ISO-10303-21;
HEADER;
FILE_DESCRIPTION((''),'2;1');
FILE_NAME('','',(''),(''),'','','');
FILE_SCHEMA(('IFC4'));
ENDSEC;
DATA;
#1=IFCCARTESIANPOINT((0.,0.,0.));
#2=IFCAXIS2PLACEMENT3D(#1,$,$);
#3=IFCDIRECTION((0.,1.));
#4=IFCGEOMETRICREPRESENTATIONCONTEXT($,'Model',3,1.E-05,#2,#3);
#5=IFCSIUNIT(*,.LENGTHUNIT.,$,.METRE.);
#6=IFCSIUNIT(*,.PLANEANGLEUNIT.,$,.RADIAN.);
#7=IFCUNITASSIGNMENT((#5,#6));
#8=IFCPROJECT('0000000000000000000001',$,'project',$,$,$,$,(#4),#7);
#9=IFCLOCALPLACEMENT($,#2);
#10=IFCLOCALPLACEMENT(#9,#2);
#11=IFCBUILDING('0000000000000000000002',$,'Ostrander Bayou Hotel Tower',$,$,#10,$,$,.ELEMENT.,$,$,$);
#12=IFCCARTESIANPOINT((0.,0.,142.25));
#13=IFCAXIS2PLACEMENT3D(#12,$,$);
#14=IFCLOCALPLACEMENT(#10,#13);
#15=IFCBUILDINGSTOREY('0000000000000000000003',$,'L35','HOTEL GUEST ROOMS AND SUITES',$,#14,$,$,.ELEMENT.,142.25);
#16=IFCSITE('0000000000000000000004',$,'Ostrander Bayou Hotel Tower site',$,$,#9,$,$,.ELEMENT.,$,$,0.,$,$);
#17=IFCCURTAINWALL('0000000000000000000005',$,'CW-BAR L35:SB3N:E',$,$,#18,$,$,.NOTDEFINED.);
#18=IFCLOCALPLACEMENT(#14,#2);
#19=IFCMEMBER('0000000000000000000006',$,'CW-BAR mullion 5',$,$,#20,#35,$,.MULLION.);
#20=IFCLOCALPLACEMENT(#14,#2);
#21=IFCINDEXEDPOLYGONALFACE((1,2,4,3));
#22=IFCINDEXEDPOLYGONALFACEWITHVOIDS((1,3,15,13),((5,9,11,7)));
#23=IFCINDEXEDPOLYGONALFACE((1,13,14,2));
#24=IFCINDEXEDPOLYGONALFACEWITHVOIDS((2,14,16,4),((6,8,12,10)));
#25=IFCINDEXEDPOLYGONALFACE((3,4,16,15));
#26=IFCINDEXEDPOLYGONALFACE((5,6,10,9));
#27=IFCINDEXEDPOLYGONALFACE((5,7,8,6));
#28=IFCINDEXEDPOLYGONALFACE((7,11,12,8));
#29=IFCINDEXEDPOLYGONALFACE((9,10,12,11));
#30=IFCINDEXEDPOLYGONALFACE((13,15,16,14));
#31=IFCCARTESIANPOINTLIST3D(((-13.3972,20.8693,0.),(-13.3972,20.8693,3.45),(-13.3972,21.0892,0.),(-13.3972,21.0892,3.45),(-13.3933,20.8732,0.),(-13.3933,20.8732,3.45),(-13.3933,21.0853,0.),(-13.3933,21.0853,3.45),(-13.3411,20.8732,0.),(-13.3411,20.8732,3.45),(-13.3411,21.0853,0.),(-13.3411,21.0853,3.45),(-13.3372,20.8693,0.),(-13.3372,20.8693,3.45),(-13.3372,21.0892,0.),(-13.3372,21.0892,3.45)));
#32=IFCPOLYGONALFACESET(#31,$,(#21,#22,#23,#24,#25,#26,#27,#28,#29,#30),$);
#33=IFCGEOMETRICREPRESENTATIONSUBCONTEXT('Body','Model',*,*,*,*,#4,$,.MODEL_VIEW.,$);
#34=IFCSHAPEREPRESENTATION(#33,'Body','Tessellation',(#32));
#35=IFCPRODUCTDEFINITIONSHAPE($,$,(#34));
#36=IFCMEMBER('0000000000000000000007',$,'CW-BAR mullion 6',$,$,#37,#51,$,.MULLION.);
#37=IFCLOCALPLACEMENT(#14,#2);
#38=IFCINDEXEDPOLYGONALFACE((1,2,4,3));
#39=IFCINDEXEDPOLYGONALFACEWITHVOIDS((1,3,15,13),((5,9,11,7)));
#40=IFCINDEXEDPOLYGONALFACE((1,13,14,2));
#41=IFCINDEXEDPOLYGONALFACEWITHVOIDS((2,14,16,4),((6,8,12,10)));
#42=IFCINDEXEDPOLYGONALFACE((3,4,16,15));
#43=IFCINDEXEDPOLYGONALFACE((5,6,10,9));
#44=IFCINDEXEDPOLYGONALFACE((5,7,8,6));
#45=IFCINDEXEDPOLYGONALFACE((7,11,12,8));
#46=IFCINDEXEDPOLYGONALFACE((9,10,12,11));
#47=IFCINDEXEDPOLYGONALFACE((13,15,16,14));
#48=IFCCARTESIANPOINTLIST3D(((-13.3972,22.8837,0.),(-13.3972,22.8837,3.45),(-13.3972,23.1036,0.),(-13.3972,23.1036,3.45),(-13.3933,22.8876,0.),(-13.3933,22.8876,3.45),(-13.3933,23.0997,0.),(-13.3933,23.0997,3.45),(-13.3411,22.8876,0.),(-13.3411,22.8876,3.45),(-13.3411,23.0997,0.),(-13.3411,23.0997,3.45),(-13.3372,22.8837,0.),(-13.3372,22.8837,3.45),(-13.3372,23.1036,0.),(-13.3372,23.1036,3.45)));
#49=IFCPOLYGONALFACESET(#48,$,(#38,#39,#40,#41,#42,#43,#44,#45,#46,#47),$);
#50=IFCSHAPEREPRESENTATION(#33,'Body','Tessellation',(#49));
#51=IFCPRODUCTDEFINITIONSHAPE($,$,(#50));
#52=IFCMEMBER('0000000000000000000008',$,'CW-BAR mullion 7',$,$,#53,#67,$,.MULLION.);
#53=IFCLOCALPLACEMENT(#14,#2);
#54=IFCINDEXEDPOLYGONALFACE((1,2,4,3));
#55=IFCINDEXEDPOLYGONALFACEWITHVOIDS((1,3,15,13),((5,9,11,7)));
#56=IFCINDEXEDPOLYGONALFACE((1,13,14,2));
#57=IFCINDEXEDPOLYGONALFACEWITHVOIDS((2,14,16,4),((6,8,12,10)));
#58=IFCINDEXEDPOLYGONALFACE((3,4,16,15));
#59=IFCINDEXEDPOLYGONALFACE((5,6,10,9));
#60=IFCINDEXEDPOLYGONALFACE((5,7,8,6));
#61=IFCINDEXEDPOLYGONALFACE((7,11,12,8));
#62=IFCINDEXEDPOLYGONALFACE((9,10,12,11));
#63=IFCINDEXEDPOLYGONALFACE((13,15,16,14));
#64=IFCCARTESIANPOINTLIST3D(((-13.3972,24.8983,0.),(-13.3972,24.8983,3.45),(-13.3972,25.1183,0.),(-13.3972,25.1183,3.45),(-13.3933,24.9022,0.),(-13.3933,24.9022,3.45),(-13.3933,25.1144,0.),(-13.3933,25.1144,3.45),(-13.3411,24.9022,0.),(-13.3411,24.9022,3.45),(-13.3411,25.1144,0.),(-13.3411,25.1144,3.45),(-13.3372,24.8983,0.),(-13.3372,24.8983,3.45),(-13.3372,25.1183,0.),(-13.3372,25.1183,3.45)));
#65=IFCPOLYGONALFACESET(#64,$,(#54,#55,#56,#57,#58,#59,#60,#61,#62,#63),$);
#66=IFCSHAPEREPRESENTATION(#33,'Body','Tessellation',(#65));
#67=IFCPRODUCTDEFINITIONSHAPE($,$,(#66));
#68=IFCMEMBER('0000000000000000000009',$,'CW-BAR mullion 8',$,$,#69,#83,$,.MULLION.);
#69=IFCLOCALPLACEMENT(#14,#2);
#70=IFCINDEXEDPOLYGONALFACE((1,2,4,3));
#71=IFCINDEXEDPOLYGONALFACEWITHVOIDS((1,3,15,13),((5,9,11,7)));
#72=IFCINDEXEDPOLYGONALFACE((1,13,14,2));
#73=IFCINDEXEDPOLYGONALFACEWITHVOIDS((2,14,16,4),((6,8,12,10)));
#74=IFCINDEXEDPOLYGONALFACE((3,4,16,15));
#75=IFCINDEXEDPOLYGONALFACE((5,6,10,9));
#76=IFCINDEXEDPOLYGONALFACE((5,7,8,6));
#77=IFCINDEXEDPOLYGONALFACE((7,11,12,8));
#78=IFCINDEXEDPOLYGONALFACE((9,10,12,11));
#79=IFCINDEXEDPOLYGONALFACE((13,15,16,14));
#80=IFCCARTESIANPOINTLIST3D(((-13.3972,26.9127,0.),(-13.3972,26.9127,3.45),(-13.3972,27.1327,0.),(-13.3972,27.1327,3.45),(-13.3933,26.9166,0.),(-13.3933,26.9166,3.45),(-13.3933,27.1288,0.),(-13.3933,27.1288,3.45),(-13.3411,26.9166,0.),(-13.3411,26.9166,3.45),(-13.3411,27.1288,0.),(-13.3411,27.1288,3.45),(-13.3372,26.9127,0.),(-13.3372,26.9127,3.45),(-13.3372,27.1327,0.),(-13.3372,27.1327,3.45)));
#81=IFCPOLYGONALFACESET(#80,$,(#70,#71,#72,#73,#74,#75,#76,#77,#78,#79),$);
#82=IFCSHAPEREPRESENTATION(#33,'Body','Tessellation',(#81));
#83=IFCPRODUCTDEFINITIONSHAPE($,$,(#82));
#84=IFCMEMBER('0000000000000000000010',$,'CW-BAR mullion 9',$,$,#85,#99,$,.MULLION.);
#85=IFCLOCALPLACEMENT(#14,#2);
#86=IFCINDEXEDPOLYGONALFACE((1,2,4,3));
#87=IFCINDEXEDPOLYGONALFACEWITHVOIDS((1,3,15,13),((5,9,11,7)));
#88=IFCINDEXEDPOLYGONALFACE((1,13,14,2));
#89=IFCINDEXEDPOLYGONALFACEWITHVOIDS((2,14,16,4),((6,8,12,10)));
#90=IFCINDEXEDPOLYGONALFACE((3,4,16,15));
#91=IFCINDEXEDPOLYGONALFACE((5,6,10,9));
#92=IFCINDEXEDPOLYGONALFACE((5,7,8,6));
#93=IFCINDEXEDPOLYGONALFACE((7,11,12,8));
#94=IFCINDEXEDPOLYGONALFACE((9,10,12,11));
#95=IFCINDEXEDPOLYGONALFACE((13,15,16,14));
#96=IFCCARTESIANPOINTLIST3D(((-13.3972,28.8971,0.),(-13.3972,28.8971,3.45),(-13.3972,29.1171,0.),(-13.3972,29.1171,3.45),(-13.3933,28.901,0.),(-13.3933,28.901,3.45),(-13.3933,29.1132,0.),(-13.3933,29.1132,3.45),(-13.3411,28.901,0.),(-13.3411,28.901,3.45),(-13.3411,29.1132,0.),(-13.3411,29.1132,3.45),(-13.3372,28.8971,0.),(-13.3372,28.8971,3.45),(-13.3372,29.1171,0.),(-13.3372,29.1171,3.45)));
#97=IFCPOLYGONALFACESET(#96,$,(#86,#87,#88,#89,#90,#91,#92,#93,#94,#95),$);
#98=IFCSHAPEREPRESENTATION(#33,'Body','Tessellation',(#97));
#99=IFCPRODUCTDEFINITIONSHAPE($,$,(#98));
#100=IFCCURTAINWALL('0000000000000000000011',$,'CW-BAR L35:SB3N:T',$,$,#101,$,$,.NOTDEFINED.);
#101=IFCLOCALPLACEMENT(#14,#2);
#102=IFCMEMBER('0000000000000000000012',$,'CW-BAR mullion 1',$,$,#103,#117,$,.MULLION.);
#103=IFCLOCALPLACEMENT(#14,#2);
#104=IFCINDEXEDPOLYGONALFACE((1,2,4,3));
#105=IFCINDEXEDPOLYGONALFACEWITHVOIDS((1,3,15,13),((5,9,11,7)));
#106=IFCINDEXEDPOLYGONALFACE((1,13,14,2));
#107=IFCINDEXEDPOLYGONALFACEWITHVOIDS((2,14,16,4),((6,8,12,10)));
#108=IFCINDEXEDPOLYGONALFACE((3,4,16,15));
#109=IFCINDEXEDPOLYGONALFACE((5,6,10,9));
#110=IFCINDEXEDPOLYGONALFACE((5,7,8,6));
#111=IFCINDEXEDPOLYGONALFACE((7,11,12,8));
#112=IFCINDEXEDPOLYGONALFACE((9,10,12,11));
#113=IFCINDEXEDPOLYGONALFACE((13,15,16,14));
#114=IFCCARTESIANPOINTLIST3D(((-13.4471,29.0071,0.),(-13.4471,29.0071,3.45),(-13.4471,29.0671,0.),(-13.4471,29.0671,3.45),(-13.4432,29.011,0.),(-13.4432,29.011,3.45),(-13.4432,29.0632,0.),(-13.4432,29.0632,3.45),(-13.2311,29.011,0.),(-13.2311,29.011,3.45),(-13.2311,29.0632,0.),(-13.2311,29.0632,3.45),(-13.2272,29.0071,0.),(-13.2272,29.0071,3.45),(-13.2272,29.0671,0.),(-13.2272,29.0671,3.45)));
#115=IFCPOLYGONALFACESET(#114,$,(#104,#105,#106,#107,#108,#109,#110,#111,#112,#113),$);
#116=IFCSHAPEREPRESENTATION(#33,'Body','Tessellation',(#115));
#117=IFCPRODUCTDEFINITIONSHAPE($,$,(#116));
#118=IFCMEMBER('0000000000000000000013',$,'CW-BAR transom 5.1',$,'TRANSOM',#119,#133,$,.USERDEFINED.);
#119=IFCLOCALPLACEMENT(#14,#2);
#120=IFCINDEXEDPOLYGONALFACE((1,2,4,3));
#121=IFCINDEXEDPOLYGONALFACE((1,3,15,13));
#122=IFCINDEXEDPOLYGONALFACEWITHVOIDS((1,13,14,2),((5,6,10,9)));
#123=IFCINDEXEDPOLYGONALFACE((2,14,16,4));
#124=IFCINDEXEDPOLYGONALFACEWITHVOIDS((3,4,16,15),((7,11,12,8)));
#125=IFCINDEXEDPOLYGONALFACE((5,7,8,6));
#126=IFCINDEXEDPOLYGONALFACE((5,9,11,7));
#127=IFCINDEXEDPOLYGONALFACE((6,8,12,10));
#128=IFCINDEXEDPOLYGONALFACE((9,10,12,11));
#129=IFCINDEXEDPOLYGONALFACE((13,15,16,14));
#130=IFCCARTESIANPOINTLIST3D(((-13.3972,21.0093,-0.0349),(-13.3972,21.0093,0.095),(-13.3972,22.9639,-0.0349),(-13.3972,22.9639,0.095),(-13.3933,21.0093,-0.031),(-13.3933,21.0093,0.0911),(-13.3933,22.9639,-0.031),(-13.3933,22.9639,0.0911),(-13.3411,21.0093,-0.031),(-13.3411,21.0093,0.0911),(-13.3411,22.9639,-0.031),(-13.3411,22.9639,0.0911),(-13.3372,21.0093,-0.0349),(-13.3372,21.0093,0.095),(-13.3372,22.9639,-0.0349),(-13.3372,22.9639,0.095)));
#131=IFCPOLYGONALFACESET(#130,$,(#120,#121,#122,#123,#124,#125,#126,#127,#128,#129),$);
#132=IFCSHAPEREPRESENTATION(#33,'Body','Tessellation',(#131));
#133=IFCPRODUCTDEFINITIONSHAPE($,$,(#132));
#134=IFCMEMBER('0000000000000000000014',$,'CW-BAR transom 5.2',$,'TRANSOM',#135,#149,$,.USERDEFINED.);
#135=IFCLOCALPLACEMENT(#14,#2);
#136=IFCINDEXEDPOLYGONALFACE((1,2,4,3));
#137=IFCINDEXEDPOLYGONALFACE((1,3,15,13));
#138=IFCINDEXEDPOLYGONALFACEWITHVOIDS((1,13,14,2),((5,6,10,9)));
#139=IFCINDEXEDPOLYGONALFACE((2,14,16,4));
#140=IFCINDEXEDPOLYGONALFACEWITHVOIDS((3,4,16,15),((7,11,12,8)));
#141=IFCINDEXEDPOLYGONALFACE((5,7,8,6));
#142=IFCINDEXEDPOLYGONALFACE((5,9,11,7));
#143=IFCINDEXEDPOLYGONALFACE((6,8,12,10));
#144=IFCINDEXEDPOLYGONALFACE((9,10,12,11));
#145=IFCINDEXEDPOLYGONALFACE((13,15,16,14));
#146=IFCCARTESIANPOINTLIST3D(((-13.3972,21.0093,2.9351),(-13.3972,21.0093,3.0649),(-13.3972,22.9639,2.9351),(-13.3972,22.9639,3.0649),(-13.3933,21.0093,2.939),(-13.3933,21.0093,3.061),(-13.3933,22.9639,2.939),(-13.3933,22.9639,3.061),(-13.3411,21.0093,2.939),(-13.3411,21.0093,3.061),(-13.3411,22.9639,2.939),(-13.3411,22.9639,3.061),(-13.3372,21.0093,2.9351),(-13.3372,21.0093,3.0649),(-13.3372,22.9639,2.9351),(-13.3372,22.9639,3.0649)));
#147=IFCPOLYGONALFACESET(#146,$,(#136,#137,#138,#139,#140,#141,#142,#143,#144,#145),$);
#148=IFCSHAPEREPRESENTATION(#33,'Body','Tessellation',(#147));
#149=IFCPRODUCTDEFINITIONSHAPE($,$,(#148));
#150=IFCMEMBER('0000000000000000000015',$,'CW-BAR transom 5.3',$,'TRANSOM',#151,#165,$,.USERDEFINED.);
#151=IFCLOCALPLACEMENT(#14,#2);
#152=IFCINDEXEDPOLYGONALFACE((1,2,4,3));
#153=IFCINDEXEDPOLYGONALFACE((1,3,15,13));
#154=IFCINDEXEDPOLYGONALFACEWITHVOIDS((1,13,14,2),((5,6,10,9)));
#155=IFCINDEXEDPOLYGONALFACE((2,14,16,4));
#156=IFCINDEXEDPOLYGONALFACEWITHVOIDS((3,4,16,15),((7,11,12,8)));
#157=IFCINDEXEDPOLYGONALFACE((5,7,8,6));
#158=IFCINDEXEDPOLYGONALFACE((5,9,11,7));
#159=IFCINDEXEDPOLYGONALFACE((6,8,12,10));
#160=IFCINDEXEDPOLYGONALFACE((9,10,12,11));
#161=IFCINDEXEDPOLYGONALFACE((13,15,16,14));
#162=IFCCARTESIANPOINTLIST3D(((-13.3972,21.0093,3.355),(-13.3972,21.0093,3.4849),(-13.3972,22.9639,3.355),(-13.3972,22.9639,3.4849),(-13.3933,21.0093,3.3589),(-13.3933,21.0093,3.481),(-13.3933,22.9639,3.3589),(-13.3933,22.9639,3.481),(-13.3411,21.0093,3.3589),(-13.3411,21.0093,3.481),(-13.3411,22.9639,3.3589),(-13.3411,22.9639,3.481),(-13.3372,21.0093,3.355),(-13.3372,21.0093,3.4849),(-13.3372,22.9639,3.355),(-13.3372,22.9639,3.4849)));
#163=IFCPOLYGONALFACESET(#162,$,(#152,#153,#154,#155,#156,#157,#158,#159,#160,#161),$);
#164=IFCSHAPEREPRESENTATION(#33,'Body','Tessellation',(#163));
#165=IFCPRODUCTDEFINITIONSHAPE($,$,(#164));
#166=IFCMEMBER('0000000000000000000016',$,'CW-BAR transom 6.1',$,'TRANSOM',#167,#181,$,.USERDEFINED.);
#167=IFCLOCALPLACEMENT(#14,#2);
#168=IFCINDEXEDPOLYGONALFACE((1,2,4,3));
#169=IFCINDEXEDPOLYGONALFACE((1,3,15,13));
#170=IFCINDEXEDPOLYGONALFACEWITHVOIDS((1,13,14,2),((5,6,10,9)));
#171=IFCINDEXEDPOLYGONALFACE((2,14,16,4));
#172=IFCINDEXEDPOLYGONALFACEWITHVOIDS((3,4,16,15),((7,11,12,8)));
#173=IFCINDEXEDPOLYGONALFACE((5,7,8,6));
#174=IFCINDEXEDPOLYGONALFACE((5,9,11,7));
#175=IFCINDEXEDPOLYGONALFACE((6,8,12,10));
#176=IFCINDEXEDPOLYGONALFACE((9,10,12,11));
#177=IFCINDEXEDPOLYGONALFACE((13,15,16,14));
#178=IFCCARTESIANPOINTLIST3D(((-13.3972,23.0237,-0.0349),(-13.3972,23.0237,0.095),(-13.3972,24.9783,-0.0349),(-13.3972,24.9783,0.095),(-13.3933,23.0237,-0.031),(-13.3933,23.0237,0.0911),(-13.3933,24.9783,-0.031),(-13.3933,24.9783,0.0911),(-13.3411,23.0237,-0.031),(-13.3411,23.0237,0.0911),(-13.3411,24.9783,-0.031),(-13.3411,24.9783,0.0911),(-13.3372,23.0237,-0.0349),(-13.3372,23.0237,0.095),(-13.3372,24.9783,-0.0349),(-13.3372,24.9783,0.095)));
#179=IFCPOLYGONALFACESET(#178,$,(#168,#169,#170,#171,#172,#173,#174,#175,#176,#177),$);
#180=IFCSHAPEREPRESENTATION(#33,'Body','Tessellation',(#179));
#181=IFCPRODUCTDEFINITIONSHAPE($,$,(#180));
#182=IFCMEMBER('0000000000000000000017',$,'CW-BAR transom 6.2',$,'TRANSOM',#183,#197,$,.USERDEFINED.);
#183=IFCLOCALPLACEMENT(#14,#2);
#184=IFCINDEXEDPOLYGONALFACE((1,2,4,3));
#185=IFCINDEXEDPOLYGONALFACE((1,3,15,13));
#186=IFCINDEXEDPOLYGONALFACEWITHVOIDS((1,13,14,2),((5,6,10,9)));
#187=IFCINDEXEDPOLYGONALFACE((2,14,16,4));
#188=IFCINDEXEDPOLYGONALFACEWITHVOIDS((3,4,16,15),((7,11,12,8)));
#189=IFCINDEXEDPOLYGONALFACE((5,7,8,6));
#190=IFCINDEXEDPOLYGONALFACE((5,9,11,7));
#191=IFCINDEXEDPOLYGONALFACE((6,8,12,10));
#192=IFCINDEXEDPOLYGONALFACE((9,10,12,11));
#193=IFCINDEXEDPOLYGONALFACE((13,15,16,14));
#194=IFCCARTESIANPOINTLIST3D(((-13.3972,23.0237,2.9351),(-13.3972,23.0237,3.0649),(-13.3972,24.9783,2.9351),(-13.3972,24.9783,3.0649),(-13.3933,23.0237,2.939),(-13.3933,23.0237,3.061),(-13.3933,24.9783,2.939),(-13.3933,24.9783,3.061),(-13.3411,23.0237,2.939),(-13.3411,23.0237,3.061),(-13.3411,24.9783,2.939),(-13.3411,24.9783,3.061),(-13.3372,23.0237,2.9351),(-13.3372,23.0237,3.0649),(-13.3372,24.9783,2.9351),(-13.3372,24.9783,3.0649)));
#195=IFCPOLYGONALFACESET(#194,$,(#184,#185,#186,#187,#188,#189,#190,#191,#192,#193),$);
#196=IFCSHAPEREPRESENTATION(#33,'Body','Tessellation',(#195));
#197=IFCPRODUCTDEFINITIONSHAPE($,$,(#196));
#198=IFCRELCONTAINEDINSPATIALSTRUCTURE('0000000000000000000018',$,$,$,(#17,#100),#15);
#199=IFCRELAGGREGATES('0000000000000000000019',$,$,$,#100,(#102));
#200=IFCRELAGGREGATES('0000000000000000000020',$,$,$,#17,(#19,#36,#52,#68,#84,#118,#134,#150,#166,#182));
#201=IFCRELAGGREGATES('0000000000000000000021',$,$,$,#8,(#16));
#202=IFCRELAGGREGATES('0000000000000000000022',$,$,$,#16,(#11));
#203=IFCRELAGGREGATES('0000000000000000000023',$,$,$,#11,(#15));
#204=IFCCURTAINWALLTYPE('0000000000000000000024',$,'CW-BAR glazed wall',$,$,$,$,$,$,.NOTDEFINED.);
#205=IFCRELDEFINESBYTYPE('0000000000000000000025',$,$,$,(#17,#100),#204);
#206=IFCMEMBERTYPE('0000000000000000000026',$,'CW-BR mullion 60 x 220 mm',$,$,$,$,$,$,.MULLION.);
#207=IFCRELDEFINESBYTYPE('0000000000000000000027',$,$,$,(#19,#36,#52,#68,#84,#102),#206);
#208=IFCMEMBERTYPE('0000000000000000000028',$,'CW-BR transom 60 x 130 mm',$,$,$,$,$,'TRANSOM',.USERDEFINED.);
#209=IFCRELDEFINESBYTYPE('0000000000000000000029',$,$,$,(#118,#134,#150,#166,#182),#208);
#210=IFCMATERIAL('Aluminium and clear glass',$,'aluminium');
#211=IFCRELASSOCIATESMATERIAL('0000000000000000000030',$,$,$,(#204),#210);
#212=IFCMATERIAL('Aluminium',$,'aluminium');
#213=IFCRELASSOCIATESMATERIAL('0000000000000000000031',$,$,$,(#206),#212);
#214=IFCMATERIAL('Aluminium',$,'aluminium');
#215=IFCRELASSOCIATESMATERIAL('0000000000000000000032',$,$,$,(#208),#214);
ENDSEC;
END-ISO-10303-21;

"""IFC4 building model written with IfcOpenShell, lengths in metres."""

from ifc_helpers import new_model, si_unit, direction, frame, origin, origin_2d, place, context, subcontext, project, spatial, hollow_rectangle, extrude, material, material_profile, profile_set, type_object, element, aggregate, save


model = new_model("IFC4")

# Units and contexts
model_context = context("Model", 3, precision=1e-05, world=origin(), true_north=direction((0.0, 1.0)))
body_context = subcontext(model_context, "Body", "Model", "MODEL_VIEW")
ifc_project = project(units=[si_unit("LENGTHUNIT", "METRE"), si_unit("PLANEANGLEUNIT", "RADIAN")], contexts=[model_context])

# Site, building, storey
site_placement = place(None, origin())
site = spatial("IfcSite", under=ifc_project, at=site_placement, Name="Ostrander Bayou Hotel Tower site", CompositionType="ELEMENT", RefElevation=0.0)
building_placement = place(site_placement, origin())
building = spatial("IfcBuilding", under=site, at=building_placement, Name="Ostrander Bayou Hotel Tower", CompositionType="ELEMENT")
storey_placement = place(building_placement, frame((0.0, 0.0, 142.25)))
storey = spatial("IfcBuildingStorey", under=building, at=storey_placement, Name="L35", Description="HOTEL GUEST ROOMS AND SUITES", CompositionType="ELEMENT", Elevation=142.25)

# Curtain wall, members
ifc_material_1 = material(Name="Aluminium and clear glass", Category="aluminium")
curtain_wall_type = type_object("IfcCurtainWallType", Name="CW-BAR glazed wall", PredefinedType="NOTDEFINED", material=ifc_material_1)
curtain_wall_1_placement = place(storey_placement, origin())
curtain_wall_1 = element("IfcCurtainWall", 1, at=curtain_wall_1_placement, inside=storey, type_object=curtain_wall_type, Name="CW-BAR L35:SB3N:E", PredefinedType="NOTDEFINED")
ifc_material_2 = material(Name="Aluminium", Category="aluminium")
ifc_material_profile_1 = material_profile(ifc_material_2, hollow_rectangle(XDim=0.0601, YDim=0.22, WallThickness=0.0039, at=origin_2d()))
ifc_profile_set_1 = profile_set([ifc_material_profile_1], Name="Aluminium")
member_type_1 = type_object("IfcMemberType", Name="CW-BR mullion 60 x 220 mm", PredefinedType="MULLION", material=ifc_profile_set_1)
member_1_placement = place(storey_placement, frame((-13.3672, 20.9792, 0.0), z_axis=(0.0, 0.0, 1.0), x_axis=(-1.0, 0.0, 0.0)))
member_1 = element("IfcMember", 2, at=member_1_placement, type_object=member_type_1, Name="CW-BAR mullion 5", PredefinedType="MULLION", context=body_context, shape_type="SweptSolid", body=[
    extrude(hollow_rectangle(XDim=0.0601, YDim=0.22, WallThickness=0.0039, at=origin_2d()), origin(), (0.0, 0.0, 1.0), 3.45),
])
member_2_placement = place(storey_placement, frame((-13.3672, 22.9937, 0.0), z_axis=(0.0, 0.0, 1.0), x_axis=(-1.0, 0.0, 0.0)))
member_2 = element("IfcMember", 3, at=member_2_placement, type_object=member_type_1, Name="CW-BAR mullion 6", PredefinedType="MULLION", context=body_context, shape_type="SweptSolid", body=[
    extrude(hollow_rectangle(XDim=0.0601, YDim=0.22, WallThickness=0.0039, at=origin_2d()), origin(), (0.0, 0.0, 1.0), 3.45),
])
member_3_placement = place(storey_placement, frame((-13.3672, 25.0083, 0.0), z_axis=(0.0, 0.0, 1.0), x_axis=(-1.0, 0.0, 0.0)))
member_3 = element("IfcMember", 4, at=member_3_placement, type_object=member_type_1, Name="CW-BAR mullion 7", PredefinedType="MULLION", context=body_context, shape_type="SweptSolid", body=[
    extrude(hollow_rectangle(XDim=0.0601, YDim=0.22, WallThickness=0.0039, at=origin_2d()), origin(), (0.0, 0.0, 1.0), 3.45),
])
member_4_placement = place(storey_placement, frame((-13.3672, 27.0227, 0.0), z_axis=(0.0, 0.0, 1.0), x_axis=(-1.0, 0.0, 0.0)))
member_4 = element("IfcMember", 5, at=member_4_placement, type_object=member_type_1, Name="CW-BAR mullion 8", PredefinedType="MULLION", context=body_context, shape_type="SweptSolid", body=[
    extrude(hollow_rectangle(XDim=0.0601, YDim=0.22, WallThickness=0.0039, at=origin_2d()), origin(), (0.0, 0.0, 1.0), 3.45),
])
member_5_placement = place(storey_placement, frame((-13.3672, 29.0071, 0.0), z_axis=(0.0, 0.0, 1.0), x_axis=(-1.0, 0.0, 0.0)))
member_5 = element("IfcMember", 6, at=member_5_placement, type_object=member_type_1, Name="CW-BAR mullion 9", PredefinedType="MULLION", context=body_context, shape_type="SweptSolid", body=[
    extrude(hollow_rectangle(XDim=0.0601, YDim=0.22, WallThickness=0.0039, at=origin_2d()), origin(), (0.0, 0.0, 1.0), 3.45),
])

# Curtain wall, member
curtain_wall_2_placement = place(storey_placement, origin())
curtain_wall_2 = element("IfcCurtainWall", 7, at=curtain_wall_2_placement, inside=storey, type_object=curtain_wall_type, Name="CW-BAR L35:SB3N:T", PredefinedType="NOTDEFINED")
member_6_placement = place(storey_placement, frame((-13.3372, 29.0371, 0.0), z_axis=(0.0, 0.0, 1.0), x_axis=(0.0, 1.0, 0.0)))
member_6 = element("IfcMember", 8, at=member_6_placement, type_object=member_type_1, Name="CW-BAR mullion 1", PredefinedType="MULLION", context=body_context, shape_type="SweptSolid", body=[
    extrude(hollow_rectangle(XDim=0.0601, YDim=0.22, WallThickness=0.0039, at=origin_2d()), origin(), (0.0, 0.0, 1.0), 3.45),
])

# Members
ifc_material_3 = material(Name="Aluminium", Category="aluminium")
ifc_material_profile_2 = material_profile(ifc_material_3, hollow_rectangle(XDim=0.0601, YDim=0.1299, WallThickness=0.0039, at=origin_2d()))
ifc_profile_set_2 = profile_set([ifc_material_profile_2], Name="Aluminium")
member_type_2 = type_object("IfcMemberType", Name="CW-BR transom 60 x 130 mm", ElementType="TRANSOM", PredefinedType="USERDEFINED", material=ifc_profile_set_2)
member_7_placement = place(storey_placement, frame((-13.3672, 21.0093, 0.03), z_axis=(0.0, 1.0, 0.0), x_axis=(-1.0, 0.0, 0.0)))
member_7 = element("IfcMember", 9, at=member_7_placement, type_object=member_type_2, Name="CW-BAR transom 5.1", ObjectType="TRANSOM", PredefinedType="USERDEFINED", context=body_context, shape_type="SweptSolid", body=[
    extrude(hollow_rectangle(XDim=0.0601, YDim=0.1299, WallThickness=0.0039, at=origin_2d()), origin(), (0.0, 0.0, 1.0), 1.9546),
])
member_8_placement = place(storey_placement, frame((-13.3672, 21.0093, 3.0), z_axis=(0.0, 1.0, 0.0), x_axis=(-1.0, 0.0, 0.0)))
member_8 = element("IfcMember", 10, at=member_8_placement, type_object=member_type_2, Name="CW-BAR transom 5.2", ObjectType="TRANSOM", PredefinedType="USERDEFINED", context=body_context, shape_type="SweptSolid", body=[
    extrude(hollow_rectangle(XDim=0.0601, YDim=0.1299, WallThickness=0.0039, at=origin_2d()), origin(), (0.0, 0.0, 1.0), 1.9546),
])
member_9_placement = place(storey_placement, frame((-13.3672, 21.0093, 3.4199), z_axis=(0.0, 1.0, 0.0), x_axis=(-1.0, 0.0, 0.0)))
member_9 = element("IfcMember", 11, at=member_9_placement, type_object=member_type_2, Name="CW-BAR transom 5.3", ObjectType="TRANSOM", PredefinedType="USERDEFINED", context=body_context, shape_type="SweptSolid", body=[
    extrude(hollow_rectangle(XDim=0.0601, YDim=0.1299, WallThickness=0.0039, at=origin_2d()), origin(), (0.0, 0.0, 1.0), 1.9546),
])
member_10_placement = place(storey_placement, frame((-13.3672, 23.0237, 0.03), z_axis=(0.0, 1.0, 0.0), x_axis=(-1.0, 0.0, 0.0)))
member_10 = element("IfcMember", 12, at=member_10_placement, type_object=member_type_2, Name="CW-BAR transom 6.1", ObjectType="TRANSOM", PredefinedType="USERDEFINED", context=body_context, shape_type="SweptSolid", body=[
    extrude(hollow_rectangle(XDim=0.0601, YDim=0.1299, WallThickness=0.0039, at=origin_2d()), origin(), (0.0, 0.0, 1.0), 1.9546),
])
member_11_placement = place(storey_placement, frame((-13.3672, 23.0237, 3.0), z_axis=(0.0, 1.0, 0.0), x_axis=(-1.0, 0.0, 0.0)))
member_11 = element("IfcMember", 13, at=member_11_placement, type_object=member_type_2, Name="CW-BAR transom 6.2", ObjectType="TRANSOM", PredefinedType="USERDEFINED", context=body_context, shape_type="SweptSolid", body=[
    extrude(hollow_rectangle(XDim=0.0601, YDim=0.1299, WallThickness=0.0039, at=origin_2d()), origin(), (0.0, 0.0, 1.0), 1.9546),
])
aggregate(curtain_wall_2, [member_6])

aggregate(curtain_wall_1, [member_1, member_2, member_3, member_4, member_5, member_7, member_8, member_9, member_10, member_11])

save(model, "model.ifc")
